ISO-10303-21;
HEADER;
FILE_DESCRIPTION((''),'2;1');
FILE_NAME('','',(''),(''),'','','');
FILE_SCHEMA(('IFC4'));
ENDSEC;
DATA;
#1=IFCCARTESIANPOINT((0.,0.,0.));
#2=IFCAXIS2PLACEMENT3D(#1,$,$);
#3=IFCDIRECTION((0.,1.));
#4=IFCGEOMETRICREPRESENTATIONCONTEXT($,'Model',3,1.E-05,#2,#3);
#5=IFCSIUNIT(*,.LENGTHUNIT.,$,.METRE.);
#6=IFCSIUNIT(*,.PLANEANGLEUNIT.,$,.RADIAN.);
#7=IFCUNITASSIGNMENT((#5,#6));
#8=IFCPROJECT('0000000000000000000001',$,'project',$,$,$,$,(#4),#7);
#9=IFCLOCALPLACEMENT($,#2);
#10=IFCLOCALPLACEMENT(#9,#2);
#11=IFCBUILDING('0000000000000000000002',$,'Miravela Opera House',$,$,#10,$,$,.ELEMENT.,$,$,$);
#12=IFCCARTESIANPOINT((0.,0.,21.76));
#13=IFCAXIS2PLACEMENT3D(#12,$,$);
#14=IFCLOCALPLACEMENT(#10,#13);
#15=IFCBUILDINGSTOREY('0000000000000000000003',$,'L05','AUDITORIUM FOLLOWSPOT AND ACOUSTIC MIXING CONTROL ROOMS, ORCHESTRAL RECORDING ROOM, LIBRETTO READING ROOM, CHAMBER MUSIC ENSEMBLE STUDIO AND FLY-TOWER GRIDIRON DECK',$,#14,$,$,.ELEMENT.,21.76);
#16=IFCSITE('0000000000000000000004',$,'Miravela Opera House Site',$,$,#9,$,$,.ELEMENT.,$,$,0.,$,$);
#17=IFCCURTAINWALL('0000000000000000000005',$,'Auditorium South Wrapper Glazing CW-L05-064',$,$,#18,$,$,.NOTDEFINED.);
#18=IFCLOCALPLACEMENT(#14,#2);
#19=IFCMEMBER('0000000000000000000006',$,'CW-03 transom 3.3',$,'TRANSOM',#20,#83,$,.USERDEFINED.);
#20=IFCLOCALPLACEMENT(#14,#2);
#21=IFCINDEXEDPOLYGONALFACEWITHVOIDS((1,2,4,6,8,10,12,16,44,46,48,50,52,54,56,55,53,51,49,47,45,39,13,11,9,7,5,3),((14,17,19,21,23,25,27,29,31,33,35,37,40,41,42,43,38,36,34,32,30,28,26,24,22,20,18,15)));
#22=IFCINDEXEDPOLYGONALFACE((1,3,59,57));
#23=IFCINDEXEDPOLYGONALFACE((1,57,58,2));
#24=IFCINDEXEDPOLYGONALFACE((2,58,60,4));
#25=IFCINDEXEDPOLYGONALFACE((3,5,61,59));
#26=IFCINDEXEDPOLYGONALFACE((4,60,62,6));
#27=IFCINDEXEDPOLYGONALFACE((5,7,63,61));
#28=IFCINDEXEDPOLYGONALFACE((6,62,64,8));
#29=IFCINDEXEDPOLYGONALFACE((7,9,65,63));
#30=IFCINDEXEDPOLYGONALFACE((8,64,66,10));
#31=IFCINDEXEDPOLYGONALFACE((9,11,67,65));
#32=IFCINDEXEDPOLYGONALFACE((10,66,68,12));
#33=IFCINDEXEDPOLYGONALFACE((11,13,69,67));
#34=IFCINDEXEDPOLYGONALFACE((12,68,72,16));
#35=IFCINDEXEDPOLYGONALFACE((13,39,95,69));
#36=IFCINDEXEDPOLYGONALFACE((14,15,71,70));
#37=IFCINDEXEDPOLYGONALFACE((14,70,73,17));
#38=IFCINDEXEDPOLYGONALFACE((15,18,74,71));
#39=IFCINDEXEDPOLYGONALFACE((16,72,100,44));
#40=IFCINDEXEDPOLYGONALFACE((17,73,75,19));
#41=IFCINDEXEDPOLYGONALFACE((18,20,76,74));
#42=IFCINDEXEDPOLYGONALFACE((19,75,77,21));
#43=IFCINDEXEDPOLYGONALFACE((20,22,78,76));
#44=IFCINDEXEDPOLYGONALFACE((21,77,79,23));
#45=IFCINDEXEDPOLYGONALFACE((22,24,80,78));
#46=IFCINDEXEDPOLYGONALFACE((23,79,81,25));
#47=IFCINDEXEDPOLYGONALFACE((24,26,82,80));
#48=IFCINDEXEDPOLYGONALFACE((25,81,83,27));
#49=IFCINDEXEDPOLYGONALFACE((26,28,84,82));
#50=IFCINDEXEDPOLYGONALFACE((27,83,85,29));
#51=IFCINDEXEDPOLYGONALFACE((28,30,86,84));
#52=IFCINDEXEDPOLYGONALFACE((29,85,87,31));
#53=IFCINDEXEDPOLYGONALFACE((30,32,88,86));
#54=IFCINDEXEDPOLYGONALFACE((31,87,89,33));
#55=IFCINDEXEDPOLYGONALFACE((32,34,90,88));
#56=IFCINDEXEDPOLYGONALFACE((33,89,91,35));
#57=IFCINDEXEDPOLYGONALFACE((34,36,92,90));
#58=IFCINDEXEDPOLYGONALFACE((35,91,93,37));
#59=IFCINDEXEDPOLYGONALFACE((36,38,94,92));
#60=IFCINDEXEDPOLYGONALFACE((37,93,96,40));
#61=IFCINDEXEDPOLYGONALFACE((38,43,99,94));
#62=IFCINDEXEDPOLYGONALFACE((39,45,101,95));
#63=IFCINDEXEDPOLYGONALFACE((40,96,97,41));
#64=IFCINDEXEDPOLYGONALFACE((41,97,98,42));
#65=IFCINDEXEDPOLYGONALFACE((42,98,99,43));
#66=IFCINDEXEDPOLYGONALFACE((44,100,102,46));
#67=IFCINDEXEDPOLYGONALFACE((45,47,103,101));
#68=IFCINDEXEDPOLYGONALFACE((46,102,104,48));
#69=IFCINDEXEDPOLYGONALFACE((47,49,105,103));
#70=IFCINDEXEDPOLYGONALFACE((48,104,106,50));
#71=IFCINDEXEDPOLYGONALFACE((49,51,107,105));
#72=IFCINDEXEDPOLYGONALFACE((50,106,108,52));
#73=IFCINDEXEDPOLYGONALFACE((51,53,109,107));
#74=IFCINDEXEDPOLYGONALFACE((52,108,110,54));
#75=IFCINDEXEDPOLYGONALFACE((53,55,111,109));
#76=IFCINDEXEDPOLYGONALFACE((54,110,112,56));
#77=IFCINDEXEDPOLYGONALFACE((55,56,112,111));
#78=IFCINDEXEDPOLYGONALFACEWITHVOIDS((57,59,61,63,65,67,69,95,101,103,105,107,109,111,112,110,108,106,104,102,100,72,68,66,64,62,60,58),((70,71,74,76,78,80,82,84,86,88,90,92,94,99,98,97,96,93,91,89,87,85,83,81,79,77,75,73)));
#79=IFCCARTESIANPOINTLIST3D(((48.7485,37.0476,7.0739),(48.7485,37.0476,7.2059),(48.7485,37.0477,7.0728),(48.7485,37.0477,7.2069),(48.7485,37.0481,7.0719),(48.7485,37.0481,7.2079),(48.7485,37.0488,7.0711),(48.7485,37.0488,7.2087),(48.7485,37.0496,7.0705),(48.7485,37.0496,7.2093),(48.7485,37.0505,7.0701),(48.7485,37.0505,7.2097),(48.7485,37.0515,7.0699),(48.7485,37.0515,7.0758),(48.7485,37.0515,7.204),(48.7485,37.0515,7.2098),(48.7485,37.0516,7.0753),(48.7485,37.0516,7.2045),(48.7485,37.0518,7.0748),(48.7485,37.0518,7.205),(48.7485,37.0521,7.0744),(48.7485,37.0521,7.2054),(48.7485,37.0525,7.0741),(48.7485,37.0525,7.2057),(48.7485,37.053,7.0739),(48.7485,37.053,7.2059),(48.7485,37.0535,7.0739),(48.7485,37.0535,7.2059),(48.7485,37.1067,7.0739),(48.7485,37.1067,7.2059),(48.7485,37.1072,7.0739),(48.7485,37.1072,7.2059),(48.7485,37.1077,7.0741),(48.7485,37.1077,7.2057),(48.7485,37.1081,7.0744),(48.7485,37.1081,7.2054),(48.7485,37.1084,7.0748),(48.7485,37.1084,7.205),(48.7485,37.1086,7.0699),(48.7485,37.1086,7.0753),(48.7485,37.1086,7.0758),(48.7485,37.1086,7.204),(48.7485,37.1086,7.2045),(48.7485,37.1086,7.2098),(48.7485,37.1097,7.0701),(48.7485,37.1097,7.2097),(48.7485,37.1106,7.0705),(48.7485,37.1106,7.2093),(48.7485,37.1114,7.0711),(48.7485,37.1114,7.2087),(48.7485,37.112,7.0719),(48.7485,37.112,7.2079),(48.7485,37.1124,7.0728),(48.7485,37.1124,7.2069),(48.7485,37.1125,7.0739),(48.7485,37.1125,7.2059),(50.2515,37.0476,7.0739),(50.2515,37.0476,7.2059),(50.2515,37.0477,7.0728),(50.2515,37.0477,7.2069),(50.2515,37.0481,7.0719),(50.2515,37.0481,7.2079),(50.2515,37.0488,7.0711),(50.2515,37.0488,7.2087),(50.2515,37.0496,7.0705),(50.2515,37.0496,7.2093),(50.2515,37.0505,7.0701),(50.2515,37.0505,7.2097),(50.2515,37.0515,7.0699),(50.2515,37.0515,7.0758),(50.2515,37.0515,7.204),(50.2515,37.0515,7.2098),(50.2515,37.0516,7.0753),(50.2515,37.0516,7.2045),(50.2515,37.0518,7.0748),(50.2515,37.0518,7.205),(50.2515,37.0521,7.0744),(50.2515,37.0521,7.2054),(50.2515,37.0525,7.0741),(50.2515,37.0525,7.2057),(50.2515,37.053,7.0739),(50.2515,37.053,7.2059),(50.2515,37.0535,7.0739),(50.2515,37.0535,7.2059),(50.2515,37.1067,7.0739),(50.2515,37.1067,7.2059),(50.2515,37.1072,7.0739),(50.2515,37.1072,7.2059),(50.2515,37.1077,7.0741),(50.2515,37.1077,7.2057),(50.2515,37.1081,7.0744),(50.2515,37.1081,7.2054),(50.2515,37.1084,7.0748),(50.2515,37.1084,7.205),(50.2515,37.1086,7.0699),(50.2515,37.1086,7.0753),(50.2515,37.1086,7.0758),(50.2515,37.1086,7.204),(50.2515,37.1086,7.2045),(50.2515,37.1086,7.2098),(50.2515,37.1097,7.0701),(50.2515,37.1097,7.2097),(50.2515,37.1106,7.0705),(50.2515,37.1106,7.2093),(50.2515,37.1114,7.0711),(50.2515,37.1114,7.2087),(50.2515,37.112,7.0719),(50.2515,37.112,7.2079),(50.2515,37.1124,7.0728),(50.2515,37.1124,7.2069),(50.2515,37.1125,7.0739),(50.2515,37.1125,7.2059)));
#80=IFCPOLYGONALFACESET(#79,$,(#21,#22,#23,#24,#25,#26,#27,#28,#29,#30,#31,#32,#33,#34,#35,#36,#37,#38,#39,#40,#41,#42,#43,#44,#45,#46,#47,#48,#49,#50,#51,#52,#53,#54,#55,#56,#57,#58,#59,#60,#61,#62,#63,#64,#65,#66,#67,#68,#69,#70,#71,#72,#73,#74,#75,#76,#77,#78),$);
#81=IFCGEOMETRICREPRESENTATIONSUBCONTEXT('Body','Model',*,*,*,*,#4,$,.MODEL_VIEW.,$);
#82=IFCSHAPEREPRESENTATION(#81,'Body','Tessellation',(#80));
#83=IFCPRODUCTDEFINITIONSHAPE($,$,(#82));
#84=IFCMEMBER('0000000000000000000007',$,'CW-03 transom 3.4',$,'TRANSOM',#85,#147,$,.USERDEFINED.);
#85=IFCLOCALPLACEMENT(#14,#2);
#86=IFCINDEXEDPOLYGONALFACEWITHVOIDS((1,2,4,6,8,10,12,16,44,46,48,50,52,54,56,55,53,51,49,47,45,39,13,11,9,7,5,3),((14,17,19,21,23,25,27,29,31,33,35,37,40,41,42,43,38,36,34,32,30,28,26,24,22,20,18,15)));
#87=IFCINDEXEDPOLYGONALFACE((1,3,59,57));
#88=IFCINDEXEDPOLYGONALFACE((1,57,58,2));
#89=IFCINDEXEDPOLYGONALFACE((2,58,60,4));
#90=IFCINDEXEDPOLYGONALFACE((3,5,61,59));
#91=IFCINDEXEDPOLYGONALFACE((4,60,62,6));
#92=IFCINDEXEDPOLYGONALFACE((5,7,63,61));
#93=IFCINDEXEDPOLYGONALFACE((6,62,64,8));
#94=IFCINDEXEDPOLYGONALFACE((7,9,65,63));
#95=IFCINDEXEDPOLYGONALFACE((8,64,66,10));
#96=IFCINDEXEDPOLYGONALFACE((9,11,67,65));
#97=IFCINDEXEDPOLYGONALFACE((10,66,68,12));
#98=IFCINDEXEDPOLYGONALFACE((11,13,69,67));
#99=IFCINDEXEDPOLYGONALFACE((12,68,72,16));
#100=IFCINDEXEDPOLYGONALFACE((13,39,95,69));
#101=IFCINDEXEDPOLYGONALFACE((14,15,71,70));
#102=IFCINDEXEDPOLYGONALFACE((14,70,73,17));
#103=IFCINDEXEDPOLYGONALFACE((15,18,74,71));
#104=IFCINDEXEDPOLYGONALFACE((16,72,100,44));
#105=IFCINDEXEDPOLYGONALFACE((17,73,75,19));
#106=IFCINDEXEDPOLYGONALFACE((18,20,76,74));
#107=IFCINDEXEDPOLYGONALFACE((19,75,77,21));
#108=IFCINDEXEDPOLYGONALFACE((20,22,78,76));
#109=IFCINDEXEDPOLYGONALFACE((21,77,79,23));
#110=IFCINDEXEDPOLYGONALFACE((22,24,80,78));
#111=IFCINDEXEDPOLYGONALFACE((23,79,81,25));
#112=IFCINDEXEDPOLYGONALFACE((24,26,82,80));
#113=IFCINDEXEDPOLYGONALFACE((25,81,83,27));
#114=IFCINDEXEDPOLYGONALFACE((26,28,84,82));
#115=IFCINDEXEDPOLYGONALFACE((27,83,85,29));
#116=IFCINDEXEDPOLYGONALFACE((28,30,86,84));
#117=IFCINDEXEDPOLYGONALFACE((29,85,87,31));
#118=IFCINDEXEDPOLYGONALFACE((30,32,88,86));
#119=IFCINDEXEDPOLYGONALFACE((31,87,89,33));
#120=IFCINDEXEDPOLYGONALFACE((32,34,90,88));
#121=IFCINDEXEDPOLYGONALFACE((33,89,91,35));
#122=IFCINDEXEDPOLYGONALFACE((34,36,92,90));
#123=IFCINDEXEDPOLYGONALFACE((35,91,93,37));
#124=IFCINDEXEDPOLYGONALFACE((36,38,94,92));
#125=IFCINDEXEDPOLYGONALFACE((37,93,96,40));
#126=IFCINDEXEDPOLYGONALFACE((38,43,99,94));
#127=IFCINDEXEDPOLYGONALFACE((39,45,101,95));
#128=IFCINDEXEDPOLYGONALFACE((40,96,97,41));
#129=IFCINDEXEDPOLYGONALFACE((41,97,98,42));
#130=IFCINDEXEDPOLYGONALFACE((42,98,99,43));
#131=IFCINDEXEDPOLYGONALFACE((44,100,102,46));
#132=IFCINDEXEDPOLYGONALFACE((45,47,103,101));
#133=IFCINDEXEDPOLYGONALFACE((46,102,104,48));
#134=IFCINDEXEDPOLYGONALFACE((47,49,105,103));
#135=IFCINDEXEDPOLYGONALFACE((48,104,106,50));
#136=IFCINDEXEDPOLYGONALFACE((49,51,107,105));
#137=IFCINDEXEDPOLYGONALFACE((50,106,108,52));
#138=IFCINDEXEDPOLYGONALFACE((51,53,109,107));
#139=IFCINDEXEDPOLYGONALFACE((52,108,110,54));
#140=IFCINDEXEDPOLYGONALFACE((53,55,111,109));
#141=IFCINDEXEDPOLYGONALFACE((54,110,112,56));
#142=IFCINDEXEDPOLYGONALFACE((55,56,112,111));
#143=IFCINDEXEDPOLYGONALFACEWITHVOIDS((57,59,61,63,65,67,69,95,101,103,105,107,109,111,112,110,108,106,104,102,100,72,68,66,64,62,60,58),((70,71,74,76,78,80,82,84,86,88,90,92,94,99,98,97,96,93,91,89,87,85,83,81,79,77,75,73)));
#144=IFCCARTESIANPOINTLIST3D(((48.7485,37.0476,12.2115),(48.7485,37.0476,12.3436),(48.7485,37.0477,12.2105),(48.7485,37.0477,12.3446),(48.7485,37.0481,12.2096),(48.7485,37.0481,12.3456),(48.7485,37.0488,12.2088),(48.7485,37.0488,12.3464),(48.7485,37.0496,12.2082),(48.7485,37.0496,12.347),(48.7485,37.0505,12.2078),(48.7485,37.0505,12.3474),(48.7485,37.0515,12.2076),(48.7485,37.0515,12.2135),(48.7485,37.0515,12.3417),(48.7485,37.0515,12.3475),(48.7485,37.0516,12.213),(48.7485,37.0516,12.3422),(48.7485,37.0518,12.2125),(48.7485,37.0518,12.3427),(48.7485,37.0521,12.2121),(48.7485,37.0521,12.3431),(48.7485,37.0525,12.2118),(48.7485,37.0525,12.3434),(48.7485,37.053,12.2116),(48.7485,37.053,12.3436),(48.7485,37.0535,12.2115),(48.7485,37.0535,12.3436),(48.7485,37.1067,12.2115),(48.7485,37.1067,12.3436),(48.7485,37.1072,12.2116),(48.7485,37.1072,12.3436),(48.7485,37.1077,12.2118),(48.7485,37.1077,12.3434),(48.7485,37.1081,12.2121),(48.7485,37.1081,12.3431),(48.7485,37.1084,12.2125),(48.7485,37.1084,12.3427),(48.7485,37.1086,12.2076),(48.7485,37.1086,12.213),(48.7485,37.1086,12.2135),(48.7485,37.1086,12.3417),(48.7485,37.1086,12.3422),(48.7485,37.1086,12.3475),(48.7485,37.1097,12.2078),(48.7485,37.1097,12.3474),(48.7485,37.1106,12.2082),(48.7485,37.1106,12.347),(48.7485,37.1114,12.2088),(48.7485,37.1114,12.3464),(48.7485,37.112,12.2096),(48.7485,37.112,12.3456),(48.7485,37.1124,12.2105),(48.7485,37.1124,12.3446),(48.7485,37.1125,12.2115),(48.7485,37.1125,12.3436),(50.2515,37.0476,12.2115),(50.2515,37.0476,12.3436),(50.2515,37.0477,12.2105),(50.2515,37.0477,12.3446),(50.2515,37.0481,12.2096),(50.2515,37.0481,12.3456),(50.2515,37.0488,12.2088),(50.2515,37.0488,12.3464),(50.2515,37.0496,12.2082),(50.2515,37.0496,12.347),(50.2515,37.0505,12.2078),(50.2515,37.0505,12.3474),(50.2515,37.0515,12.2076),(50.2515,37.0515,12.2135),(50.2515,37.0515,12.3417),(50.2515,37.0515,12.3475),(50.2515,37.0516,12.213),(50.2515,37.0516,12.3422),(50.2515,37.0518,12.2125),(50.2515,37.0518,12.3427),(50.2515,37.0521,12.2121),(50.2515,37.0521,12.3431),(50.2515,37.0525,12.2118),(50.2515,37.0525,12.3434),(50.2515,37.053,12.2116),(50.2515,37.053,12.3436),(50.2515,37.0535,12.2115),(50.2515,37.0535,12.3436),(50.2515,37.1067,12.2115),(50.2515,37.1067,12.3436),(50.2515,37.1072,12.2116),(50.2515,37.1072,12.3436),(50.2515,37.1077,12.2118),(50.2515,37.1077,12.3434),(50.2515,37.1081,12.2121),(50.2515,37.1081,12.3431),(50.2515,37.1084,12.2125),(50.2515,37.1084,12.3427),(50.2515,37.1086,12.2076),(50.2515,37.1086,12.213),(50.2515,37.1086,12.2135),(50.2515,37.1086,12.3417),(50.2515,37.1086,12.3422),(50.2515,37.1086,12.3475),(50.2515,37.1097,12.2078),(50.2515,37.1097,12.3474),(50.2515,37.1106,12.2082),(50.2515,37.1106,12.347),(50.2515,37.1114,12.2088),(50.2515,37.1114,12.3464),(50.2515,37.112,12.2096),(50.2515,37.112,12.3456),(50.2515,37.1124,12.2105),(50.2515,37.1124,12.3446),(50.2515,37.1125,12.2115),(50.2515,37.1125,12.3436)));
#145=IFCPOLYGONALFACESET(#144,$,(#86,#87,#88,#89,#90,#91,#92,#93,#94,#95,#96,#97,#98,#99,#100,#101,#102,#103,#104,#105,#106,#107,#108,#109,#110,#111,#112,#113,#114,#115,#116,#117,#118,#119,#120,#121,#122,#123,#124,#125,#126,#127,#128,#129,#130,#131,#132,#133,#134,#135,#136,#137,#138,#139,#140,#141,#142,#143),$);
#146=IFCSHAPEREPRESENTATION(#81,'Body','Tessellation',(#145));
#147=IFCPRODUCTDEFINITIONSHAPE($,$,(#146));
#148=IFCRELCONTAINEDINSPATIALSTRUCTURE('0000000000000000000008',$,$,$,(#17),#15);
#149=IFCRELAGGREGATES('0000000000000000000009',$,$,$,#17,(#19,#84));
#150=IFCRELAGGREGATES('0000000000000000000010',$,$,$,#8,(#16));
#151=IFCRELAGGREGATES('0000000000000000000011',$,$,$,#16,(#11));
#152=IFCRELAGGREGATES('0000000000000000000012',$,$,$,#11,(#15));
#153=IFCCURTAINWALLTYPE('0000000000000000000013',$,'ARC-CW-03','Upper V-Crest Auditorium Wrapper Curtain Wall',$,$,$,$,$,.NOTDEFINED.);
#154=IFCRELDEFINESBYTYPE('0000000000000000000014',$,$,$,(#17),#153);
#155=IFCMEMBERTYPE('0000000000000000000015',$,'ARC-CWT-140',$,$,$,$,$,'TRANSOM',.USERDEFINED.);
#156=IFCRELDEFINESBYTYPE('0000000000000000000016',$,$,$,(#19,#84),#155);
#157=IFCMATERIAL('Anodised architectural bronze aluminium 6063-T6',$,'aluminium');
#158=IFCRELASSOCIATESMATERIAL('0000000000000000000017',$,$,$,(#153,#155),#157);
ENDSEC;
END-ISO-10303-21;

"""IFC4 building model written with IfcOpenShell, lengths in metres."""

from ifc_helpers import new_model, si_unit, direction, frame, origin, origin_2d, place, context, subcontext, project, spatial, hollow_rectangle, extrude, material, material_profile, profile_set, type_object, element, aggregate, save


model = new_model("IFC4")

# Units and contexts
model_context = context("Model", 3, precision=1e-05, world=origin(), true_north=direction((0.0, 1.0)))
body_context = subcontext(model_context, "Body", "Model", "MODEL_VIEW")
ifc_project = project(units=[si_unit("LENGTHUNIT", "METRE"), si_unit("PLANEANGLEUNIT", "RADIAN")], contexts=[model_context])

# Site, building, storey
site_placement = place(None, origin())
site = spatial("IfcSite", under=ifc_project, at=site_placement, Name="Miravela Opera House Site", CompositionType="ELEMENT", RefElevation=0.0)
building_placement = place(site_placement, origin())
building = spatial("IfcBuilding", under=site, at=building_placement, Name="Miravela Opera House", CompositionType="ELEMENT")
storey_placement = place(building_placement, frame((0.0, 0.0, 21.76)))
storey = spatial("IfcBuildingStorey", under=building, at=storey_placement, Name="L05", Description="AUDITORIUM FOLLOWSPOT AND ACOUSTIC MIXING CONTROL ROOMS, ORCHESTRAL RECORDING ROOM, LIBRETTO READING ROOM, CHAMBER MUSIC ENSEMBLE STUDIO AND FLY-TOWER GRIDIRON DECK", CompositionType="ELEMENT", Elevation=21.76)

# Curtain wall, members
ifc_material_1 = material(Name="Anodised architectural bronze aluminium 6063-T6", Category="aluminium")
curtain_wall_type = type_object("IfcCurtainWallType", Name="ARC-CW-03", Description="Upper V-Crest Auditorium Wrapper Curtain Wall", PredefinedType="NOTDEFINED", material=ifc_material_1)
curtain_wall_1_placement = place(storey_placement, origin())
curtain_wall_1 = element("IfcCurtainWall", 1, at=curtain_wall_1_placement, inside=storey, type_object=curtain_wall_type, Name="Auditorium South Wrapper Glazing CW-L05-064", PredefinedType="NOTDEFINED")
ifc_material_profile_1 = material_profile(ifc_material_1, hollow_rectangle(XDim=0.0649, YDim=0.1399, WallThickness=0.0039, InnerFilletRadius=0.002, OuterFilletRadius=0.0039, at=origin_2d()), Name="CWT-65X140")
ifc_profile_set_1 = profile_set([ifc_material_profile_1])
member_type_1 = type_object("IfcMemberType", Name="ARC-CWT-140", ElementType="TRANSOM", PredefinedType="USERDEFINED", material=ifc_profile_set_1)
member_1_placement = place(storey_placement, frame((48.7485, 37.0801, 7.1399), z_axis=(1.0, 0.0, 0.0), x_axis=(0.0, 1.0, 0.0)))
member_1 = element("IfcMember", 2, at=member_1_placement, type_object=member_type_1, Name="CW-03 transom 3.3", ObjectType="TRANSOM", PredefinedType="USERDEFINED", context=body_context, shape_type="SweptSolid", body=[
    extrude(hollow_rectangle(XDim=0.0649, YDim=0.1399, WallThickness=0.0039, InnerFilletRadius=0.002, OuterFilletRadius=0.0039, at=origin_2d()), origin(), (0.0, 0.0, 1.0), 1.5029),
])
member_2_placement = place(storey_placement, frame((48.7485, 37.0801, 12.2776), z_axis=(1.0, 0.0, 0.0), x_axis=(0.0, 1.0, 0.0)))
member_2 = element("IfcMember", 3, at=member_2_placement, type_object=member_type_1, Name="CW-03 transom 3.4", ObjectType="TRANSOM", PredefinedType="USERDEFINED", context=body_context, shape_type="SweptSolid", body=[
    extrude(hollow_rectangle(XDim=0.0649, YDim=0.1399, WallThickness=0.0039, InnerFilletRadius=0.002, OuterFilletRadius=0.0039, at=origin_2d()), origin(), (0.0, 0.0, 1.0), 1.5029),
])

aggregate(curtain_wall_1, [member_1, member_2])

save(model, "model.ifc")
